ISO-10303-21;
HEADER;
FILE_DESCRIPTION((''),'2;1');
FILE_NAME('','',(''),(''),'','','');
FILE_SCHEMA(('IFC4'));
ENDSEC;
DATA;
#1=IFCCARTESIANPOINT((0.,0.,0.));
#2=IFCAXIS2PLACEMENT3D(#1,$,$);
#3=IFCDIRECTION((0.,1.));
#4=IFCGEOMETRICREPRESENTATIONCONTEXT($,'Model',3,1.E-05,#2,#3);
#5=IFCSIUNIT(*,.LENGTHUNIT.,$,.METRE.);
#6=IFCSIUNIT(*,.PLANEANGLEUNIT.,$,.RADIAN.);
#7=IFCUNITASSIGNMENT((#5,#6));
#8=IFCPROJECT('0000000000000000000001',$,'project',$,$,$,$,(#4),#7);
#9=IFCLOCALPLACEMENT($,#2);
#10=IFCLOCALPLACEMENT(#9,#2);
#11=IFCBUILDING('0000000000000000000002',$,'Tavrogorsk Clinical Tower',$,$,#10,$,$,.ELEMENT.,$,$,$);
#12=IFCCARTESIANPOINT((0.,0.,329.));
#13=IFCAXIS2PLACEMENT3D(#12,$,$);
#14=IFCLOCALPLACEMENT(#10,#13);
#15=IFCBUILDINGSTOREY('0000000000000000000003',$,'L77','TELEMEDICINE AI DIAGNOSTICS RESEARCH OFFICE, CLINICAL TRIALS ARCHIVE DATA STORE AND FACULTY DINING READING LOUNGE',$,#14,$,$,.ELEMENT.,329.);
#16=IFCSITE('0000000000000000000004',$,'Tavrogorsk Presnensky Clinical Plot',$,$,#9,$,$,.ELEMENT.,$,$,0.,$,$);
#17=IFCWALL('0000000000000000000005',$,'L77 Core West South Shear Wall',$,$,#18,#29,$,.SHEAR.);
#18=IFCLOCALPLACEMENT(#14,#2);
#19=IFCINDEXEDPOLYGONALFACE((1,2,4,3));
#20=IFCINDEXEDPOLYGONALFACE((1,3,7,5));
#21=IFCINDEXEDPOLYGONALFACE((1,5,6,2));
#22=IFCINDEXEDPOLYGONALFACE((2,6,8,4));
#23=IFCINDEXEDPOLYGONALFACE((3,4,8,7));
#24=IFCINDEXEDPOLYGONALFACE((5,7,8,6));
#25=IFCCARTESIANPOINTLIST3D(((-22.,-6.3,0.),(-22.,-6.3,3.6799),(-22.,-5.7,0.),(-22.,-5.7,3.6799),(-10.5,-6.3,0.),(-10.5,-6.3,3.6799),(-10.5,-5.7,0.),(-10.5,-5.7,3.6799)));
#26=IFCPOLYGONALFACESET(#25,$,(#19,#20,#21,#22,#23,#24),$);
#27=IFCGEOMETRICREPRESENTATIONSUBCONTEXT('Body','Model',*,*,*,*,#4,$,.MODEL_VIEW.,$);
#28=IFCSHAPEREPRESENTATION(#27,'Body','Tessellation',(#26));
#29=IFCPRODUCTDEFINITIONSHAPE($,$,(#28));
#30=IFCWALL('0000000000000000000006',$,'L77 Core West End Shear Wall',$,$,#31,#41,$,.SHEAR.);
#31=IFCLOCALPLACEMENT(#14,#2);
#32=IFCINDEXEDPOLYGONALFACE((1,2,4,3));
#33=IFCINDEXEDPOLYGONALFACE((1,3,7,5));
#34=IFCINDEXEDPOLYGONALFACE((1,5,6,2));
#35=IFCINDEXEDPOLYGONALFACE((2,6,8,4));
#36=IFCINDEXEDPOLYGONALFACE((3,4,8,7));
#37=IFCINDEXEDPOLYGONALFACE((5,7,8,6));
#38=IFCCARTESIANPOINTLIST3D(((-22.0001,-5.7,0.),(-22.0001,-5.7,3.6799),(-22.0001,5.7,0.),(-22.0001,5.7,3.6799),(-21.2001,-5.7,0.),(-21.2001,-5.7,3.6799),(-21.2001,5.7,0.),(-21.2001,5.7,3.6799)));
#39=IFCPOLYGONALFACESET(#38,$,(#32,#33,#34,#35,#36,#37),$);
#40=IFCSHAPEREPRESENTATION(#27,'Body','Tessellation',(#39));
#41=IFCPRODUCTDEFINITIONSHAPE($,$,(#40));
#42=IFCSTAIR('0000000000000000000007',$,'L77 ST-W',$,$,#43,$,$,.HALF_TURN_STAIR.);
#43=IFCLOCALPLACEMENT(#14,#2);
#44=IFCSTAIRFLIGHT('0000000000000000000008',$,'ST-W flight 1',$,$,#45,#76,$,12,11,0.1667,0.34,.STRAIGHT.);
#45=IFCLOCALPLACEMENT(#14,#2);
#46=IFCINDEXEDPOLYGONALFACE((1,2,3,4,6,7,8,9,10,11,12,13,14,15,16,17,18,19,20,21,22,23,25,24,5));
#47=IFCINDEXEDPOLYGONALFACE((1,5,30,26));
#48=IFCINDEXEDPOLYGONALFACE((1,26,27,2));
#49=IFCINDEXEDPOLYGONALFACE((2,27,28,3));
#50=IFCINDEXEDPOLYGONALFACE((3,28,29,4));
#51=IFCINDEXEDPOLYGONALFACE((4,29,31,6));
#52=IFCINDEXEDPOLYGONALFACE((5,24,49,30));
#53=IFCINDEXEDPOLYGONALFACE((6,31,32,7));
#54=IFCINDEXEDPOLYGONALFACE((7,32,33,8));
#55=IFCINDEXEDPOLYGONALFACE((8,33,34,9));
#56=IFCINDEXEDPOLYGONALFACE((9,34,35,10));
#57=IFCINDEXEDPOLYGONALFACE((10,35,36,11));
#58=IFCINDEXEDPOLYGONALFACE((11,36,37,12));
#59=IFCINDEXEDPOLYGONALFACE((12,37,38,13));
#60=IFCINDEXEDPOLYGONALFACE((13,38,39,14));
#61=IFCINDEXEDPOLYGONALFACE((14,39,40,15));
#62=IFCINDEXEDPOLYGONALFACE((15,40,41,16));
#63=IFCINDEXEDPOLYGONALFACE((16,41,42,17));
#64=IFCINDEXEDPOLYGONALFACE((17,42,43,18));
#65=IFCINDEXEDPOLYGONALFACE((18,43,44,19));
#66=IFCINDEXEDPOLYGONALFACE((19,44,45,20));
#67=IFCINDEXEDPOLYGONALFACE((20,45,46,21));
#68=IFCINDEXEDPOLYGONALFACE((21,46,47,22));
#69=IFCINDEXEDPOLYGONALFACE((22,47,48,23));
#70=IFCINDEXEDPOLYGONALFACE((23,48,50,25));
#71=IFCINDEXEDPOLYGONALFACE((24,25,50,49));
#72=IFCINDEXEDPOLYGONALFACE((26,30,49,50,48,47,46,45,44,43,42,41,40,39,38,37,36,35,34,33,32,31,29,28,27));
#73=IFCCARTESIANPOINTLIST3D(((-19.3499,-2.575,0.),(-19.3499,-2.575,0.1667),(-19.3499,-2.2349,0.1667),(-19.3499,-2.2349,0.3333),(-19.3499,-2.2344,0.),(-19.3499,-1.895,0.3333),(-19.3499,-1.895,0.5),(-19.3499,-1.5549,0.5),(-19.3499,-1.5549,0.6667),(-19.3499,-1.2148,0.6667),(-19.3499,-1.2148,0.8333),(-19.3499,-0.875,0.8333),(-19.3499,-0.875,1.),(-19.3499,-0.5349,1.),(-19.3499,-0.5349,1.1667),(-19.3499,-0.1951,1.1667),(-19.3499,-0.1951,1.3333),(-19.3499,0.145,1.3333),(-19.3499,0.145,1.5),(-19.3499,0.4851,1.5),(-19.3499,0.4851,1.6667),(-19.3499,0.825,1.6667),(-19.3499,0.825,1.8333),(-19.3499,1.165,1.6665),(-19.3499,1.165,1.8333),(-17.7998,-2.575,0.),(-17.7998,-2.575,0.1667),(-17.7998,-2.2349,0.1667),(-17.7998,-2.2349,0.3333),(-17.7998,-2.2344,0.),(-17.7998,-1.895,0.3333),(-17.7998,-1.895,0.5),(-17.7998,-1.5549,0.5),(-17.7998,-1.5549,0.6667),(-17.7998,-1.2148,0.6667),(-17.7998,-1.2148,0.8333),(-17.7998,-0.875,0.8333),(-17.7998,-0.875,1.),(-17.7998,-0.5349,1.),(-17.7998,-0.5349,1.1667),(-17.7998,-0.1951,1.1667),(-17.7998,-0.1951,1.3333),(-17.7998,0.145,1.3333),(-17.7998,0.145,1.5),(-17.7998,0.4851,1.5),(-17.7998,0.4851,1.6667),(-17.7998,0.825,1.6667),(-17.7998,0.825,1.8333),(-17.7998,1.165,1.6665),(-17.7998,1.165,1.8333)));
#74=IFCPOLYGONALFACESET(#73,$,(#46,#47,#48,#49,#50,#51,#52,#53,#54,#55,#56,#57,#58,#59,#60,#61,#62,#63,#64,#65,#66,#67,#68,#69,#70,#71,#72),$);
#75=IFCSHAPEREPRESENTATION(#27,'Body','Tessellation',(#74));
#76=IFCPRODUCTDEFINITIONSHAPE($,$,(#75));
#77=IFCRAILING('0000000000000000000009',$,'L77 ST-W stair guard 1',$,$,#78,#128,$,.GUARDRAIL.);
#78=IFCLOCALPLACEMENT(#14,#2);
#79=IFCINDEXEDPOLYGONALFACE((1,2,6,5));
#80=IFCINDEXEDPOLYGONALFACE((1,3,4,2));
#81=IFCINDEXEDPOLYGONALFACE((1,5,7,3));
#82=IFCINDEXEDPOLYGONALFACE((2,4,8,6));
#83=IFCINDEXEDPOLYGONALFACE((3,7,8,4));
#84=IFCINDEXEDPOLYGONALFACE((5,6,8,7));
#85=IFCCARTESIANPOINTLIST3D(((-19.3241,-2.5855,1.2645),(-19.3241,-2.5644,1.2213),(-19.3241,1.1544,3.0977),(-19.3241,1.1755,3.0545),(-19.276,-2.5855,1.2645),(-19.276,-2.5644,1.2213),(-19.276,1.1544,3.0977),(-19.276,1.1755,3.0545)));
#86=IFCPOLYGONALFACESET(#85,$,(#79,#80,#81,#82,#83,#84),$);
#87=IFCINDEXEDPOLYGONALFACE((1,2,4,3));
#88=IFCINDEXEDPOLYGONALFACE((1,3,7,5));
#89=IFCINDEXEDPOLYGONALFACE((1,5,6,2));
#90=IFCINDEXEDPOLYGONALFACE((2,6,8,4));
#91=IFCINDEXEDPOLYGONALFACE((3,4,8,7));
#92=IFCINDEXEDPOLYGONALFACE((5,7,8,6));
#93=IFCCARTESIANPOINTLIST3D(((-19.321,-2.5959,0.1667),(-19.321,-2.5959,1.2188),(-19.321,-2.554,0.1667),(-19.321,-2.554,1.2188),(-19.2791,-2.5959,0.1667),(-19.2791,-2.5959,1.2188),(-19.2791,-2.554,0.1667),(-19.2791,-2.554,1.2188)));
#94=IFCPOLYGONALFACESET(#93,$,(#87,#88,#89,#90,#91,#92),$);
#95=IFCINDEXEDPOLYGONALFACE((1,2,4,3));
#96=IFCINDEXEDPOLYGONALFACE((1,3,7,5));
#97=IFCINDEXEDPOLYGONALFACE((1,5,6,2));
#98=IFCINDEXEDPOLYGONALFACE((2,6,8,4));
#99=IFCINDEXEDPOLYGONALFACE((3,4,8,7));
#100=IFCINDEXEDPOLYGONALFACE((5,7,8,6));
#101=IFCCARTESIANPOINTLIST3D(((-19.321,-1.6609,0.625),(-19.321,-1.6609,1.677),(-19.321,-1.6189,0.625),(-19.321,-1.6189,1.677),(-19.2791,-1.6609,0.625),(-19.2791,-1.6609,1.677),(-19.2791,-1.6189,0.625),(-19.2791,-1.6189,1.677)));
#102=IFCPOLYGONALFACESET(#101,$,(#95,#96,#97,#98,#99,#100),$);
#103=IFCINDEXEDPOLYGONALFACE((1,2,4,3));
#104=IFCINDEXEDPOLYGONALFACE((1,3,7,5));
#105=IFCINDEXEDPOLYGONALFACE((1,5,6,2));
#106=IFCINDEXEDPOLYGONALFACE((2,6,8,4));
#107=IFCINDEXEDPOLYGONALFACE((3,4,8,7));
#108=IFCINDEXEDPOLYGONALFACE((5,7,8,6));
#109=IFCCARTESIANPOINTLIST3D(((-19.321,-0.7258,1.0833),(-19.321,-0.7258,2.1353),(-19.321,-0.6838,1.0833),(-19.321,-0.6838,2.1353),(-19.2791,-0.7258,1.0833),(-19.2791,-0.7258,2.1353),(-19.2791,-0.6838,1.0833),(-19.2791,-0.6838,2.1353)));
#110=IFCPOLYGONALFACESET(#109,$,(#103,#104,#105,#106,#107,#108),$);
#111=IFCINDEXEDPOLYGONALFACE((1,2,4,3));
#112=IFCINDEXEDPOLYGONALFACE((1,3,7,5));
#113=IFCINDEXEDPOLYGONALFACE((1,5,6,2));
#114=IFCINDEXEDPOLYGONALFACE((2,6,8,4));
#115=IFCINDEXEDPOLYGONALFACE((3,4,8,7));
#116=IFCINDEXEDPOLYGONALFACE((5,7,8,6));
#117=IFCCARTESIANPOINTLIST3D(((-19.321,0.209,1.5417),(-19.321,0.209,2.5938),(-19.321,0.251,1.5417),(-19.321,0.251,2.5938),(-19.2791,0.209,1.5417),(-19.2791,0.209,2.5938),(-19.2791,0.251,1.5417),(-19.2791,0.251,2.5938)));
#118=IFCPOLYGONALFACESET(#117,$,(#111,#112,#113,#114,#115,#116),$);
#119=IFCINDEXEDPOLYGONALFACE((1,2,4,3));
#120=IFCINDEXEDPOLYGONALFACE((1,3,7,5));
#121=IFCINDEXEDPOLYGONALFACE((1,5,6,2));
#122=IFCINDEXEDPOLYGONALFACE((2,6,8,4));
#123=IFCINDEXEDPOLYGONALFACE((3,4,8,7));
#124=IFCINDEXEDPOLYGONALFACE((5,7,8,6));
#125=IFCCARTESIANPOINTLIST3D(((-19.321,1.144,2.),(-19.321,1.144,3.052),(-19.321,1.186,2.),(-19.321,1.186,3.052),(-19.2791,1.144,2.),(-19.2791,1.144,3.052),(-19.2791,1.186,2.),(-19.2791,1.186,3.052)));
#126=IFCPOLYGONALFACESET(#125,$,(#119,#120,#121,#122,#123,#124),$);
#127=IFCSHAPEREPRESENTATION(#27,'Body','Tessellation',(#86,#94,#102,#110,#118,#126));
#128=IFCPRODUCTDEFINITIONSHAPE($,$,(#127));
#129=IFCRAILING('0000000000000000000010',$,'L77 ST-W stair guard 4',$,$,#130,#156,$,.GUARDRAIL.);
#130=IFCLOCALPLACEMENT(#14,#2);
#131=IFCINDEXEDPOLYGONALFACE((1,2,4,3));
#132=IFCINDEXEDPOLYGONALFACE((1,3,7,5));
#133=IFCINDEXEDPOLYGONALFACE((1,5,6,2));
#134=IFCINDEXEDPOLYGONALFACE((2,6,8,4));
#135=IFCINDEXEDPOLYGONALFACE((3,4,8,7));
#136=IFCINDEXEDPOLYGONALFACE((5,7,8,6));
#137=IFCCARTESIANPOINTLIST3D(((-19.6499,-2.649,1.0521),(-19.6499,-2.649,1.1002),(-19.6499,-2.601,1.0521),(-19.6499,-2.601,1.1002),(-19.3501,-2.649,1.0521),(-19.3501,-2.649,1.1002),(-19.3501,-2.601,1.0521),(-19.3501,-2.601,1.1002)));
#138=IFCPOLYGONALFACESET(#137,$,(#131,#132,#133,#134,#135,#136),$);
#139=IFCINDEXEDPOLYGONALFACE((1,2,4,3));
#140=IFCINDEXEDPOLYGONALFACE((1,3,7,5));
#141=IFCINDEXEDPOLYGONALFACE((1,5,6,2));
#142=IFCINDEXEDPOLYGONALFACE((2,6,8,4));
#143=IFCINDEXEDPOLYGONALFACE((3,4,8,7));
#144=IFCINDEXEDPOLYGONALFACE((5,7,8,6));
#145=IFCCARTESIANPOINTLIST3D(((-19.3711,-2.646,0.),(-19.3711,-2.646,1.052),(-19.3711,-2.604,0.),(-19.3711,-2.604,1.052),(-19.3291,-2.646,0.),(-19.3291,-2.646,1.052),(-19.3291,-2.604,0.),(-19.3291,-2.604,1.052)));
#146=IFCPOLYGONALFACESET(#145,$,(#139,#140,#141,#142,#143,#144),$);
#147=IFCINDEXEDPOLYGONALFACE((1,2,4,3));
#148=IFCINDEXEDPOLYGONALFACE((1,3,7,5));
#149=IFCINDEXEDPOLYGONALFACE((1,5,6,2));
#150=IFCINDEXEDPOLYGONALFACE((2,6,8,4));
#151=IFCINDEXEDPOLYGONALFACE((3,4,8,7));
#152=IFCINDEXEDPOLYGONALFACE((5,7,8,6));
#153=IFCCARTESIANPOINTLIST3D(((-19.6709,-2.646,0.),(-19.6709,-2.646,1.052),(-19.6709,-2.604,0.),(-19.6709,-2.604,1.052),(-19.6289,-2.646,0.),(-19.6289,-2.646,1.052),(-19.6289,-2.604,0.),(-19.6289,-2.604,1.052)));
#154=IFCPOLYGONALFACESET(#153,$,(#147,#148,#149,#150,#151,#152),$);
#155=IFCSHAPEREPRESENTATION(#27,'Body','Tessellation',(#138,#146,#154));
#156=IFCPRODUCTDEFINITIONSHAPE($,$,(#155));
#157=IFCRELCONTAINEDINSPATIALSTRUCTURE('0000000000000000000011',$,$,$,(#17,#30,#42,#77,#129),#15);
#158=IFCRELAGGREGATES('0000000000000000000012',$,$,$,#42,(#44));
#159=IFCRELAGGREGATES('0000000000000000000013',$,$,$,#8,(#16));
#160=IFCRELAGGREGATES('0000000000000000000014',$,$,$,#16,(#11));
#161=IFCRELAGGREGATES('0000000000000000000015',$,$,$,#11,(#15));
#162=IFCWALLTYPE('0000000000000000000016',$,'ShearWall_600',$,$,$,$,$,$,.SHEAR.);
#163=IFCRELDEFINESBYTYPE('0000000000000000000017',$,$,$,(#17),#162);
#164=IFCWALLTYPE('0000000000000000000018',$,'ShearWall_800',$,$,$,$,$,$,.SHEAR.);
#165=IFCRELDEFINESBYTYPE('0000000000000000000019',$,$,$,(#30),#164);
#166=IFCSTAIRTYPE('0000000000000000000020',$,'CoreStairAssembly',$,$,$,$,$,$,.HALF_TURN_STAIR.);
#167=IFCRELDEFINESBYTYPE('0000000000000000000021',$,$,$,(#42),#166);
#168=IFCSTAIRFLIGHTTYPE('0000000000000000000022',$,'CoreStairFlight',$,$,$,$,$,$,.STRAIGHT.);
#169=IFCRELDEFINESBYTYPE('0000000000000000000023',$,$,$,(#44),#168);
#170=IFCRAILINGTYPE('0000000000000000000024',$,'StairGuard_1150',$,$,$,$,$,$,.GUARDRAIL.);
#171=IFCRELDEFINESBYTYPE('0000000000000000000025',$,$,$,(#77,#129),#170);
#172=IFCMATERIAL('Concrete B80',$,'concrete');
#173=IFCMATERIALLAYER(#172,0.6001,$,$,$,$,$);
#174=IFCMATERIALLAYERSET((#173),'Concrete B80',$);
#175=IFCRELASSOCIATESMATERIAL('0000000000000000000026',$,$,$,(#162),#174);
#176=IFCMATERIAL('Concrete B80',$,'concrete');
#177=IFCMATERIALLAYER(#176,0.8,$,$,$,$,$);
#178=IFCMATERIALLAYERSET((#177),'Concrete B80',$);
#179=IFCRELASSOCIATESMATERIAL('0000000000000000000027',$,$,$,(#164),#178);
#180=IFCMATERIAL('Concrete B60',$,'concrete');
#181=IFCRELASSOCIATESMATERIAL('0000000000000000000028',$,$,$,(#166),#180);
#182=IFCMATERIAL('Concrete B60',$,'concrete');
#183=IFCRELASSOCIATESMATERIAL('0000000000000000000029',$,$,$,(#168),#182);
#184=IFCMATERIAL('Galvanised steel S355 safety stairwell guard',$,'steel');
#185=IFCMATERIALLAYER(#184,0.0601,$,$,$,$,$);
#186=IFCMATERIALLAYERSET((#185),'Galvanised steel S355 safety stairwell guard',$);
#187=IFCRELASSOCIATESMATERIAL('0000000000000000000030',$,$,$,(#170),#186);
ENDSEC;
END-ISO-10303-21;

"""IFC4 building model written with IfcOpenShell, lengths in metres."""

from ifc_helpers import new_model, si_unit, direction, frame, frame_2d, origin, origin_2d, place, context, subcontext, project, spatial, polyline, rectangle, outline, extrude, material, layer, layer_set, type_object, element, aggregate, save


model = new_model("IFC4")

# Units and contexts
model_context = context("Model", 3, precision=1e-05, world=origin(), true_north=direction((0.0, 1.0)))
body_context = subcontext(model_context, "Body", "Model", "MODEL_VIEW")
ifc_project = project(units=[si_unit("LENGTHUNIT", "METRE"), si_unit("PLANEANGLEUNIT", "RADIAN")], contexts=[model_context])

# Site, building, storey
site_placement = place(None, origin())
site = spatial("IfcSite", under=ifc_project, at=site_placement, Name="Tavrogorsk Presnensky Clinical Plot", CompositionType="ELEMENT", RefElevation=0.0)
building_placement = place(site_placement, origin())
building = spatial("IfcBuilding", under=site, at=building_placement, Name="Tavrogorsk Clinical Tower", CompositionType="ELEMENT")
storey_placement = place(building_placement, frame((0.0, 0.0, 329.0)))
storey = spatial("IfcBuildingStorey", under=building, at=storey_placement, Name="L77", Description="TELEMEDICINE AI DIAGNOSTICS RESEARCH OFFICE, CLINICAL TRIALS ARCHIVE DATA STORE AND FACULTY DINING READING LOUNGE", CompositionType="ELEMENT", Elevation=329.0)

# Walls
ifc_material_1 = material(Name="Concrete B80", Category="concrete")
ifc_layer_1 = layer(ifc_material_1, 0.6001)
ifc_layer_set_1 = layer_set([ifc_layer_1], Name="Concrete B80")
wall_type_1 = type_object("IfcWallType", Name="ShearWall_600", PredefinedType="SHEAR", material=ifc_layer_set_1)
wall_1_placement = place(storey_placement, frame((-22.0, -6.0, 0.0), z_axis=(0.0, 0.0, 1.0), x_axis=(1.0, 0.0, 0.0)))
element("IfcWall", 1, at=wall_1_placement, inside=storey, type_object=wall_type_1, Name="L77 Core West South Shear Wall", PredefinedType="SHEAR", context=body_context, shape_type="SweptSolid", body=[
    extrude(rectangle(XDim=11.5, YDim=0.6001, at=frame_2d((5.75, 0.0))), origin(), (0.0, 0.0, 1.0), 3.6799),
])
ifc_material_2 = material(Name="Concrete B80", Category="concrete")
ifc_layer_2 = layer(ifc_material_2, 0.8)
ifc_layer_set_2 = layer_set([ifc_layer_2], Name="Concrete B80")
wall_type_2 = type_object("IfcWallType", Name="ShearWall_800", PredefinedType="SHEAR", material=ifc_layer_set_2)
wall_2_placement = place(storey_placement, frame((-21.6001, -5.7, 0.0), z_axis=(0.0, 0.0, 1.0), x_axis=(0.0, 1.0, 0.0)))
element("IfcWall", 2, at=wall_2_placement, inside=storey, type_object=wall_type_2, Name="L77 Core West End Shear Wall", PredefinedType="SHEAR", context=body_context, shape_type="SweptSolid", body=[
    extrude(rectangle(XDim=11.3999, YDim=0.8, at=frame_2d((5.7, 0.0))), origin(), (0.0, 0.0, 1.0), 3.6799),
])

# Stair, stair flight
ifc_material_3 = material(Name="Concrete B60", Category="concrete")
stair_type = type_object("IfcStairType", Name="CoreStairAssembly", PredefinedType="HALF_TURN_STAIR", material=ifc_material_3)
stair_placement = place(storey_placement, origin())
stair = element("IfcStair", 3, at=stair_placement, inside=storey, type_object=stair_type, Name="L77 ST-W", PredefinedType="HALF_TURN_STAIR")
ifc_material_4 = material(Name="Concrete B60", Category="concrete")
stair_flight_type = type_object("IfcStairFlightType", Name="CoreStairFlight", PredefinedType="STRAIGHT", material=ifc_material_4)
stair_flight_placement = place(storey_placement, frame((-18.575, -2.575, 0.0), z_axis=(0.0, 0.0, 1.0), x_axis=(0.0, 1.0, 0.0)))
stair_flight = element("IfcStairFlight", 4, at=stair_flight_placement, type_object=stair_flight_type, Name="ST-W flight 1", NumberOfRisers=12, NumberOfTreads=11, PredefinedType="STRAIGHT", RiserHeight=0.1667, TreadLength=0.34, context=body_context, shape_type="SweptSolid", body=[
    extrude(outline(polyline([(0.0, 0.0), (0.0, 0.1667), (0.3401, 0.1667), (0.3401, 0.3333), (0.6799, 0.3333), (0.6799, 0.5), (1.02, 0.5), (1.02, 0.6667), (1.3601, 0.6667), (1.3601, 0.8333), (1.7, 0.8333), (1.7, 1.0), (2.04, 1.0), (2.04, 1.1667), (2.3799, 1.1667), (2.3799, 1.3333), (2.72, 1.3333), (2.72, 1.5), (3.0601, 1.5), (3.0601, 1.6667), (3.3999, 1.6667), (3.3999, 1.8333), (3.74, 1.8333), (3.74, 2.0), (3.74, 1.6665), (0.3406, 0.0), (0.0, 0.0)])), frame((0.0, 0.7749, 0.0), z_axis=(0.0, -1.0, 0.0), x_axis=(1.0, 0.0, 0.0)), (0.0, 0.0, 1.0), 1.55),
])
aggregate(stair, [stair_flight])

# Railings
ifc_material_5 = material(Name="Galvanised steel S355 safety stairwell guard", Category="steel")
ifc_layer_3 = layer(ifc_material_5, 0.0601)
ifc_layer_set_3 = layer_set([ifc_layer_3], Name="Galvanised steel S355 safety stairwell guard")
railing_type = type_object("IfcRailingType", Name="StairGuard_1150", PredefinedType="GUARDRAIL", material=ifc_layer_set_3)
railing_1_placement = place(storey_placement, frame((-19.3, -2.575, 0.1667)))
element("IfcRailing", 5, at=railing_1_placement, inside=storey, type_object=railing_type, Name="L77 ST-W stair guard 1", PredefinedType="GUARDRAIL", context=body_context, shape_type="SweptSolid", body=[
    extrude(rectangle(XDim=0.0481, YDim=0.0481, at=origin_2d()), frame((0.0, 0.0, 1.0762), z_axis=(0.0, 0.897928, 0.440142), x_axis=(-1.0, 0.0, 0.0)), (0.0, 0.0, 1.0), 4.165),
    extrude(rectangle(XDim=0.042, YDim=0.042, at=origin_2d()), origin(), (0.0, 0.0, 1.0), 1.052),
    extrude(rectangle(XDim=0.042, YDim=0.042, at=origin_2d()), frame((0.0, 0.9351, 0.4583)), (0.0, 0.0, 1.0), 1.052),
    extrude(rectangle(XDim=0.042, YDim=0.042, at=origin_2d()), frame((0.0, 1.8701, 0.9165)), (0.0, 0.0, 1.0), 1.052),
    extrude(rectangle(XDim=0.042, YDim=0.042, at=origin_2d()), frame((0.0, 2.8049, 1.375)), (0.0, 0.0, 1.0), 1.052),
    extrude(rectangle(XDim=0.042, YDim=0.042, at=origin_2d()), frame((0.0, 3.74, 1.8333)), (0.0, 0.0, 1.0), 1.052),
])
railing_2_placement = place(storey_placement, frame((-19.3501, -2.625, 0.0)))
element("IfcRailing", 6, at=railing_2_placement, inside=storey, type_object=railing_type, Name="L77 ST-W stair guard 4", PredefinedType="GUARDRAIL", context=body_context, shape_type="SweptSolid", body=[
    extrude(rectangle(XDim=0.0481, YDim=0.0481, at=origin_2d()), frame((0.0, 0.0, 1.0762), z_axis=(-1.0, 0.0, 0.0), x_axis=(0.0, -1.0, 0.0)), (0.0, 0.0, 1.0), 0.2998),
    extrude(rectangle(XDim=0.042, YDim=0.042, at=origin_2d()), origin(), (0.0, 0.0, 1.0), 1.052),
    extrude(rectangle(XDim=0.042, YDim=0.042, at=origin_2d()), frame((-0.2998, 0.0, 0.0)), (0.0, 0.0, 1.0), 1.052),
])

save(model, "model.ifc")
